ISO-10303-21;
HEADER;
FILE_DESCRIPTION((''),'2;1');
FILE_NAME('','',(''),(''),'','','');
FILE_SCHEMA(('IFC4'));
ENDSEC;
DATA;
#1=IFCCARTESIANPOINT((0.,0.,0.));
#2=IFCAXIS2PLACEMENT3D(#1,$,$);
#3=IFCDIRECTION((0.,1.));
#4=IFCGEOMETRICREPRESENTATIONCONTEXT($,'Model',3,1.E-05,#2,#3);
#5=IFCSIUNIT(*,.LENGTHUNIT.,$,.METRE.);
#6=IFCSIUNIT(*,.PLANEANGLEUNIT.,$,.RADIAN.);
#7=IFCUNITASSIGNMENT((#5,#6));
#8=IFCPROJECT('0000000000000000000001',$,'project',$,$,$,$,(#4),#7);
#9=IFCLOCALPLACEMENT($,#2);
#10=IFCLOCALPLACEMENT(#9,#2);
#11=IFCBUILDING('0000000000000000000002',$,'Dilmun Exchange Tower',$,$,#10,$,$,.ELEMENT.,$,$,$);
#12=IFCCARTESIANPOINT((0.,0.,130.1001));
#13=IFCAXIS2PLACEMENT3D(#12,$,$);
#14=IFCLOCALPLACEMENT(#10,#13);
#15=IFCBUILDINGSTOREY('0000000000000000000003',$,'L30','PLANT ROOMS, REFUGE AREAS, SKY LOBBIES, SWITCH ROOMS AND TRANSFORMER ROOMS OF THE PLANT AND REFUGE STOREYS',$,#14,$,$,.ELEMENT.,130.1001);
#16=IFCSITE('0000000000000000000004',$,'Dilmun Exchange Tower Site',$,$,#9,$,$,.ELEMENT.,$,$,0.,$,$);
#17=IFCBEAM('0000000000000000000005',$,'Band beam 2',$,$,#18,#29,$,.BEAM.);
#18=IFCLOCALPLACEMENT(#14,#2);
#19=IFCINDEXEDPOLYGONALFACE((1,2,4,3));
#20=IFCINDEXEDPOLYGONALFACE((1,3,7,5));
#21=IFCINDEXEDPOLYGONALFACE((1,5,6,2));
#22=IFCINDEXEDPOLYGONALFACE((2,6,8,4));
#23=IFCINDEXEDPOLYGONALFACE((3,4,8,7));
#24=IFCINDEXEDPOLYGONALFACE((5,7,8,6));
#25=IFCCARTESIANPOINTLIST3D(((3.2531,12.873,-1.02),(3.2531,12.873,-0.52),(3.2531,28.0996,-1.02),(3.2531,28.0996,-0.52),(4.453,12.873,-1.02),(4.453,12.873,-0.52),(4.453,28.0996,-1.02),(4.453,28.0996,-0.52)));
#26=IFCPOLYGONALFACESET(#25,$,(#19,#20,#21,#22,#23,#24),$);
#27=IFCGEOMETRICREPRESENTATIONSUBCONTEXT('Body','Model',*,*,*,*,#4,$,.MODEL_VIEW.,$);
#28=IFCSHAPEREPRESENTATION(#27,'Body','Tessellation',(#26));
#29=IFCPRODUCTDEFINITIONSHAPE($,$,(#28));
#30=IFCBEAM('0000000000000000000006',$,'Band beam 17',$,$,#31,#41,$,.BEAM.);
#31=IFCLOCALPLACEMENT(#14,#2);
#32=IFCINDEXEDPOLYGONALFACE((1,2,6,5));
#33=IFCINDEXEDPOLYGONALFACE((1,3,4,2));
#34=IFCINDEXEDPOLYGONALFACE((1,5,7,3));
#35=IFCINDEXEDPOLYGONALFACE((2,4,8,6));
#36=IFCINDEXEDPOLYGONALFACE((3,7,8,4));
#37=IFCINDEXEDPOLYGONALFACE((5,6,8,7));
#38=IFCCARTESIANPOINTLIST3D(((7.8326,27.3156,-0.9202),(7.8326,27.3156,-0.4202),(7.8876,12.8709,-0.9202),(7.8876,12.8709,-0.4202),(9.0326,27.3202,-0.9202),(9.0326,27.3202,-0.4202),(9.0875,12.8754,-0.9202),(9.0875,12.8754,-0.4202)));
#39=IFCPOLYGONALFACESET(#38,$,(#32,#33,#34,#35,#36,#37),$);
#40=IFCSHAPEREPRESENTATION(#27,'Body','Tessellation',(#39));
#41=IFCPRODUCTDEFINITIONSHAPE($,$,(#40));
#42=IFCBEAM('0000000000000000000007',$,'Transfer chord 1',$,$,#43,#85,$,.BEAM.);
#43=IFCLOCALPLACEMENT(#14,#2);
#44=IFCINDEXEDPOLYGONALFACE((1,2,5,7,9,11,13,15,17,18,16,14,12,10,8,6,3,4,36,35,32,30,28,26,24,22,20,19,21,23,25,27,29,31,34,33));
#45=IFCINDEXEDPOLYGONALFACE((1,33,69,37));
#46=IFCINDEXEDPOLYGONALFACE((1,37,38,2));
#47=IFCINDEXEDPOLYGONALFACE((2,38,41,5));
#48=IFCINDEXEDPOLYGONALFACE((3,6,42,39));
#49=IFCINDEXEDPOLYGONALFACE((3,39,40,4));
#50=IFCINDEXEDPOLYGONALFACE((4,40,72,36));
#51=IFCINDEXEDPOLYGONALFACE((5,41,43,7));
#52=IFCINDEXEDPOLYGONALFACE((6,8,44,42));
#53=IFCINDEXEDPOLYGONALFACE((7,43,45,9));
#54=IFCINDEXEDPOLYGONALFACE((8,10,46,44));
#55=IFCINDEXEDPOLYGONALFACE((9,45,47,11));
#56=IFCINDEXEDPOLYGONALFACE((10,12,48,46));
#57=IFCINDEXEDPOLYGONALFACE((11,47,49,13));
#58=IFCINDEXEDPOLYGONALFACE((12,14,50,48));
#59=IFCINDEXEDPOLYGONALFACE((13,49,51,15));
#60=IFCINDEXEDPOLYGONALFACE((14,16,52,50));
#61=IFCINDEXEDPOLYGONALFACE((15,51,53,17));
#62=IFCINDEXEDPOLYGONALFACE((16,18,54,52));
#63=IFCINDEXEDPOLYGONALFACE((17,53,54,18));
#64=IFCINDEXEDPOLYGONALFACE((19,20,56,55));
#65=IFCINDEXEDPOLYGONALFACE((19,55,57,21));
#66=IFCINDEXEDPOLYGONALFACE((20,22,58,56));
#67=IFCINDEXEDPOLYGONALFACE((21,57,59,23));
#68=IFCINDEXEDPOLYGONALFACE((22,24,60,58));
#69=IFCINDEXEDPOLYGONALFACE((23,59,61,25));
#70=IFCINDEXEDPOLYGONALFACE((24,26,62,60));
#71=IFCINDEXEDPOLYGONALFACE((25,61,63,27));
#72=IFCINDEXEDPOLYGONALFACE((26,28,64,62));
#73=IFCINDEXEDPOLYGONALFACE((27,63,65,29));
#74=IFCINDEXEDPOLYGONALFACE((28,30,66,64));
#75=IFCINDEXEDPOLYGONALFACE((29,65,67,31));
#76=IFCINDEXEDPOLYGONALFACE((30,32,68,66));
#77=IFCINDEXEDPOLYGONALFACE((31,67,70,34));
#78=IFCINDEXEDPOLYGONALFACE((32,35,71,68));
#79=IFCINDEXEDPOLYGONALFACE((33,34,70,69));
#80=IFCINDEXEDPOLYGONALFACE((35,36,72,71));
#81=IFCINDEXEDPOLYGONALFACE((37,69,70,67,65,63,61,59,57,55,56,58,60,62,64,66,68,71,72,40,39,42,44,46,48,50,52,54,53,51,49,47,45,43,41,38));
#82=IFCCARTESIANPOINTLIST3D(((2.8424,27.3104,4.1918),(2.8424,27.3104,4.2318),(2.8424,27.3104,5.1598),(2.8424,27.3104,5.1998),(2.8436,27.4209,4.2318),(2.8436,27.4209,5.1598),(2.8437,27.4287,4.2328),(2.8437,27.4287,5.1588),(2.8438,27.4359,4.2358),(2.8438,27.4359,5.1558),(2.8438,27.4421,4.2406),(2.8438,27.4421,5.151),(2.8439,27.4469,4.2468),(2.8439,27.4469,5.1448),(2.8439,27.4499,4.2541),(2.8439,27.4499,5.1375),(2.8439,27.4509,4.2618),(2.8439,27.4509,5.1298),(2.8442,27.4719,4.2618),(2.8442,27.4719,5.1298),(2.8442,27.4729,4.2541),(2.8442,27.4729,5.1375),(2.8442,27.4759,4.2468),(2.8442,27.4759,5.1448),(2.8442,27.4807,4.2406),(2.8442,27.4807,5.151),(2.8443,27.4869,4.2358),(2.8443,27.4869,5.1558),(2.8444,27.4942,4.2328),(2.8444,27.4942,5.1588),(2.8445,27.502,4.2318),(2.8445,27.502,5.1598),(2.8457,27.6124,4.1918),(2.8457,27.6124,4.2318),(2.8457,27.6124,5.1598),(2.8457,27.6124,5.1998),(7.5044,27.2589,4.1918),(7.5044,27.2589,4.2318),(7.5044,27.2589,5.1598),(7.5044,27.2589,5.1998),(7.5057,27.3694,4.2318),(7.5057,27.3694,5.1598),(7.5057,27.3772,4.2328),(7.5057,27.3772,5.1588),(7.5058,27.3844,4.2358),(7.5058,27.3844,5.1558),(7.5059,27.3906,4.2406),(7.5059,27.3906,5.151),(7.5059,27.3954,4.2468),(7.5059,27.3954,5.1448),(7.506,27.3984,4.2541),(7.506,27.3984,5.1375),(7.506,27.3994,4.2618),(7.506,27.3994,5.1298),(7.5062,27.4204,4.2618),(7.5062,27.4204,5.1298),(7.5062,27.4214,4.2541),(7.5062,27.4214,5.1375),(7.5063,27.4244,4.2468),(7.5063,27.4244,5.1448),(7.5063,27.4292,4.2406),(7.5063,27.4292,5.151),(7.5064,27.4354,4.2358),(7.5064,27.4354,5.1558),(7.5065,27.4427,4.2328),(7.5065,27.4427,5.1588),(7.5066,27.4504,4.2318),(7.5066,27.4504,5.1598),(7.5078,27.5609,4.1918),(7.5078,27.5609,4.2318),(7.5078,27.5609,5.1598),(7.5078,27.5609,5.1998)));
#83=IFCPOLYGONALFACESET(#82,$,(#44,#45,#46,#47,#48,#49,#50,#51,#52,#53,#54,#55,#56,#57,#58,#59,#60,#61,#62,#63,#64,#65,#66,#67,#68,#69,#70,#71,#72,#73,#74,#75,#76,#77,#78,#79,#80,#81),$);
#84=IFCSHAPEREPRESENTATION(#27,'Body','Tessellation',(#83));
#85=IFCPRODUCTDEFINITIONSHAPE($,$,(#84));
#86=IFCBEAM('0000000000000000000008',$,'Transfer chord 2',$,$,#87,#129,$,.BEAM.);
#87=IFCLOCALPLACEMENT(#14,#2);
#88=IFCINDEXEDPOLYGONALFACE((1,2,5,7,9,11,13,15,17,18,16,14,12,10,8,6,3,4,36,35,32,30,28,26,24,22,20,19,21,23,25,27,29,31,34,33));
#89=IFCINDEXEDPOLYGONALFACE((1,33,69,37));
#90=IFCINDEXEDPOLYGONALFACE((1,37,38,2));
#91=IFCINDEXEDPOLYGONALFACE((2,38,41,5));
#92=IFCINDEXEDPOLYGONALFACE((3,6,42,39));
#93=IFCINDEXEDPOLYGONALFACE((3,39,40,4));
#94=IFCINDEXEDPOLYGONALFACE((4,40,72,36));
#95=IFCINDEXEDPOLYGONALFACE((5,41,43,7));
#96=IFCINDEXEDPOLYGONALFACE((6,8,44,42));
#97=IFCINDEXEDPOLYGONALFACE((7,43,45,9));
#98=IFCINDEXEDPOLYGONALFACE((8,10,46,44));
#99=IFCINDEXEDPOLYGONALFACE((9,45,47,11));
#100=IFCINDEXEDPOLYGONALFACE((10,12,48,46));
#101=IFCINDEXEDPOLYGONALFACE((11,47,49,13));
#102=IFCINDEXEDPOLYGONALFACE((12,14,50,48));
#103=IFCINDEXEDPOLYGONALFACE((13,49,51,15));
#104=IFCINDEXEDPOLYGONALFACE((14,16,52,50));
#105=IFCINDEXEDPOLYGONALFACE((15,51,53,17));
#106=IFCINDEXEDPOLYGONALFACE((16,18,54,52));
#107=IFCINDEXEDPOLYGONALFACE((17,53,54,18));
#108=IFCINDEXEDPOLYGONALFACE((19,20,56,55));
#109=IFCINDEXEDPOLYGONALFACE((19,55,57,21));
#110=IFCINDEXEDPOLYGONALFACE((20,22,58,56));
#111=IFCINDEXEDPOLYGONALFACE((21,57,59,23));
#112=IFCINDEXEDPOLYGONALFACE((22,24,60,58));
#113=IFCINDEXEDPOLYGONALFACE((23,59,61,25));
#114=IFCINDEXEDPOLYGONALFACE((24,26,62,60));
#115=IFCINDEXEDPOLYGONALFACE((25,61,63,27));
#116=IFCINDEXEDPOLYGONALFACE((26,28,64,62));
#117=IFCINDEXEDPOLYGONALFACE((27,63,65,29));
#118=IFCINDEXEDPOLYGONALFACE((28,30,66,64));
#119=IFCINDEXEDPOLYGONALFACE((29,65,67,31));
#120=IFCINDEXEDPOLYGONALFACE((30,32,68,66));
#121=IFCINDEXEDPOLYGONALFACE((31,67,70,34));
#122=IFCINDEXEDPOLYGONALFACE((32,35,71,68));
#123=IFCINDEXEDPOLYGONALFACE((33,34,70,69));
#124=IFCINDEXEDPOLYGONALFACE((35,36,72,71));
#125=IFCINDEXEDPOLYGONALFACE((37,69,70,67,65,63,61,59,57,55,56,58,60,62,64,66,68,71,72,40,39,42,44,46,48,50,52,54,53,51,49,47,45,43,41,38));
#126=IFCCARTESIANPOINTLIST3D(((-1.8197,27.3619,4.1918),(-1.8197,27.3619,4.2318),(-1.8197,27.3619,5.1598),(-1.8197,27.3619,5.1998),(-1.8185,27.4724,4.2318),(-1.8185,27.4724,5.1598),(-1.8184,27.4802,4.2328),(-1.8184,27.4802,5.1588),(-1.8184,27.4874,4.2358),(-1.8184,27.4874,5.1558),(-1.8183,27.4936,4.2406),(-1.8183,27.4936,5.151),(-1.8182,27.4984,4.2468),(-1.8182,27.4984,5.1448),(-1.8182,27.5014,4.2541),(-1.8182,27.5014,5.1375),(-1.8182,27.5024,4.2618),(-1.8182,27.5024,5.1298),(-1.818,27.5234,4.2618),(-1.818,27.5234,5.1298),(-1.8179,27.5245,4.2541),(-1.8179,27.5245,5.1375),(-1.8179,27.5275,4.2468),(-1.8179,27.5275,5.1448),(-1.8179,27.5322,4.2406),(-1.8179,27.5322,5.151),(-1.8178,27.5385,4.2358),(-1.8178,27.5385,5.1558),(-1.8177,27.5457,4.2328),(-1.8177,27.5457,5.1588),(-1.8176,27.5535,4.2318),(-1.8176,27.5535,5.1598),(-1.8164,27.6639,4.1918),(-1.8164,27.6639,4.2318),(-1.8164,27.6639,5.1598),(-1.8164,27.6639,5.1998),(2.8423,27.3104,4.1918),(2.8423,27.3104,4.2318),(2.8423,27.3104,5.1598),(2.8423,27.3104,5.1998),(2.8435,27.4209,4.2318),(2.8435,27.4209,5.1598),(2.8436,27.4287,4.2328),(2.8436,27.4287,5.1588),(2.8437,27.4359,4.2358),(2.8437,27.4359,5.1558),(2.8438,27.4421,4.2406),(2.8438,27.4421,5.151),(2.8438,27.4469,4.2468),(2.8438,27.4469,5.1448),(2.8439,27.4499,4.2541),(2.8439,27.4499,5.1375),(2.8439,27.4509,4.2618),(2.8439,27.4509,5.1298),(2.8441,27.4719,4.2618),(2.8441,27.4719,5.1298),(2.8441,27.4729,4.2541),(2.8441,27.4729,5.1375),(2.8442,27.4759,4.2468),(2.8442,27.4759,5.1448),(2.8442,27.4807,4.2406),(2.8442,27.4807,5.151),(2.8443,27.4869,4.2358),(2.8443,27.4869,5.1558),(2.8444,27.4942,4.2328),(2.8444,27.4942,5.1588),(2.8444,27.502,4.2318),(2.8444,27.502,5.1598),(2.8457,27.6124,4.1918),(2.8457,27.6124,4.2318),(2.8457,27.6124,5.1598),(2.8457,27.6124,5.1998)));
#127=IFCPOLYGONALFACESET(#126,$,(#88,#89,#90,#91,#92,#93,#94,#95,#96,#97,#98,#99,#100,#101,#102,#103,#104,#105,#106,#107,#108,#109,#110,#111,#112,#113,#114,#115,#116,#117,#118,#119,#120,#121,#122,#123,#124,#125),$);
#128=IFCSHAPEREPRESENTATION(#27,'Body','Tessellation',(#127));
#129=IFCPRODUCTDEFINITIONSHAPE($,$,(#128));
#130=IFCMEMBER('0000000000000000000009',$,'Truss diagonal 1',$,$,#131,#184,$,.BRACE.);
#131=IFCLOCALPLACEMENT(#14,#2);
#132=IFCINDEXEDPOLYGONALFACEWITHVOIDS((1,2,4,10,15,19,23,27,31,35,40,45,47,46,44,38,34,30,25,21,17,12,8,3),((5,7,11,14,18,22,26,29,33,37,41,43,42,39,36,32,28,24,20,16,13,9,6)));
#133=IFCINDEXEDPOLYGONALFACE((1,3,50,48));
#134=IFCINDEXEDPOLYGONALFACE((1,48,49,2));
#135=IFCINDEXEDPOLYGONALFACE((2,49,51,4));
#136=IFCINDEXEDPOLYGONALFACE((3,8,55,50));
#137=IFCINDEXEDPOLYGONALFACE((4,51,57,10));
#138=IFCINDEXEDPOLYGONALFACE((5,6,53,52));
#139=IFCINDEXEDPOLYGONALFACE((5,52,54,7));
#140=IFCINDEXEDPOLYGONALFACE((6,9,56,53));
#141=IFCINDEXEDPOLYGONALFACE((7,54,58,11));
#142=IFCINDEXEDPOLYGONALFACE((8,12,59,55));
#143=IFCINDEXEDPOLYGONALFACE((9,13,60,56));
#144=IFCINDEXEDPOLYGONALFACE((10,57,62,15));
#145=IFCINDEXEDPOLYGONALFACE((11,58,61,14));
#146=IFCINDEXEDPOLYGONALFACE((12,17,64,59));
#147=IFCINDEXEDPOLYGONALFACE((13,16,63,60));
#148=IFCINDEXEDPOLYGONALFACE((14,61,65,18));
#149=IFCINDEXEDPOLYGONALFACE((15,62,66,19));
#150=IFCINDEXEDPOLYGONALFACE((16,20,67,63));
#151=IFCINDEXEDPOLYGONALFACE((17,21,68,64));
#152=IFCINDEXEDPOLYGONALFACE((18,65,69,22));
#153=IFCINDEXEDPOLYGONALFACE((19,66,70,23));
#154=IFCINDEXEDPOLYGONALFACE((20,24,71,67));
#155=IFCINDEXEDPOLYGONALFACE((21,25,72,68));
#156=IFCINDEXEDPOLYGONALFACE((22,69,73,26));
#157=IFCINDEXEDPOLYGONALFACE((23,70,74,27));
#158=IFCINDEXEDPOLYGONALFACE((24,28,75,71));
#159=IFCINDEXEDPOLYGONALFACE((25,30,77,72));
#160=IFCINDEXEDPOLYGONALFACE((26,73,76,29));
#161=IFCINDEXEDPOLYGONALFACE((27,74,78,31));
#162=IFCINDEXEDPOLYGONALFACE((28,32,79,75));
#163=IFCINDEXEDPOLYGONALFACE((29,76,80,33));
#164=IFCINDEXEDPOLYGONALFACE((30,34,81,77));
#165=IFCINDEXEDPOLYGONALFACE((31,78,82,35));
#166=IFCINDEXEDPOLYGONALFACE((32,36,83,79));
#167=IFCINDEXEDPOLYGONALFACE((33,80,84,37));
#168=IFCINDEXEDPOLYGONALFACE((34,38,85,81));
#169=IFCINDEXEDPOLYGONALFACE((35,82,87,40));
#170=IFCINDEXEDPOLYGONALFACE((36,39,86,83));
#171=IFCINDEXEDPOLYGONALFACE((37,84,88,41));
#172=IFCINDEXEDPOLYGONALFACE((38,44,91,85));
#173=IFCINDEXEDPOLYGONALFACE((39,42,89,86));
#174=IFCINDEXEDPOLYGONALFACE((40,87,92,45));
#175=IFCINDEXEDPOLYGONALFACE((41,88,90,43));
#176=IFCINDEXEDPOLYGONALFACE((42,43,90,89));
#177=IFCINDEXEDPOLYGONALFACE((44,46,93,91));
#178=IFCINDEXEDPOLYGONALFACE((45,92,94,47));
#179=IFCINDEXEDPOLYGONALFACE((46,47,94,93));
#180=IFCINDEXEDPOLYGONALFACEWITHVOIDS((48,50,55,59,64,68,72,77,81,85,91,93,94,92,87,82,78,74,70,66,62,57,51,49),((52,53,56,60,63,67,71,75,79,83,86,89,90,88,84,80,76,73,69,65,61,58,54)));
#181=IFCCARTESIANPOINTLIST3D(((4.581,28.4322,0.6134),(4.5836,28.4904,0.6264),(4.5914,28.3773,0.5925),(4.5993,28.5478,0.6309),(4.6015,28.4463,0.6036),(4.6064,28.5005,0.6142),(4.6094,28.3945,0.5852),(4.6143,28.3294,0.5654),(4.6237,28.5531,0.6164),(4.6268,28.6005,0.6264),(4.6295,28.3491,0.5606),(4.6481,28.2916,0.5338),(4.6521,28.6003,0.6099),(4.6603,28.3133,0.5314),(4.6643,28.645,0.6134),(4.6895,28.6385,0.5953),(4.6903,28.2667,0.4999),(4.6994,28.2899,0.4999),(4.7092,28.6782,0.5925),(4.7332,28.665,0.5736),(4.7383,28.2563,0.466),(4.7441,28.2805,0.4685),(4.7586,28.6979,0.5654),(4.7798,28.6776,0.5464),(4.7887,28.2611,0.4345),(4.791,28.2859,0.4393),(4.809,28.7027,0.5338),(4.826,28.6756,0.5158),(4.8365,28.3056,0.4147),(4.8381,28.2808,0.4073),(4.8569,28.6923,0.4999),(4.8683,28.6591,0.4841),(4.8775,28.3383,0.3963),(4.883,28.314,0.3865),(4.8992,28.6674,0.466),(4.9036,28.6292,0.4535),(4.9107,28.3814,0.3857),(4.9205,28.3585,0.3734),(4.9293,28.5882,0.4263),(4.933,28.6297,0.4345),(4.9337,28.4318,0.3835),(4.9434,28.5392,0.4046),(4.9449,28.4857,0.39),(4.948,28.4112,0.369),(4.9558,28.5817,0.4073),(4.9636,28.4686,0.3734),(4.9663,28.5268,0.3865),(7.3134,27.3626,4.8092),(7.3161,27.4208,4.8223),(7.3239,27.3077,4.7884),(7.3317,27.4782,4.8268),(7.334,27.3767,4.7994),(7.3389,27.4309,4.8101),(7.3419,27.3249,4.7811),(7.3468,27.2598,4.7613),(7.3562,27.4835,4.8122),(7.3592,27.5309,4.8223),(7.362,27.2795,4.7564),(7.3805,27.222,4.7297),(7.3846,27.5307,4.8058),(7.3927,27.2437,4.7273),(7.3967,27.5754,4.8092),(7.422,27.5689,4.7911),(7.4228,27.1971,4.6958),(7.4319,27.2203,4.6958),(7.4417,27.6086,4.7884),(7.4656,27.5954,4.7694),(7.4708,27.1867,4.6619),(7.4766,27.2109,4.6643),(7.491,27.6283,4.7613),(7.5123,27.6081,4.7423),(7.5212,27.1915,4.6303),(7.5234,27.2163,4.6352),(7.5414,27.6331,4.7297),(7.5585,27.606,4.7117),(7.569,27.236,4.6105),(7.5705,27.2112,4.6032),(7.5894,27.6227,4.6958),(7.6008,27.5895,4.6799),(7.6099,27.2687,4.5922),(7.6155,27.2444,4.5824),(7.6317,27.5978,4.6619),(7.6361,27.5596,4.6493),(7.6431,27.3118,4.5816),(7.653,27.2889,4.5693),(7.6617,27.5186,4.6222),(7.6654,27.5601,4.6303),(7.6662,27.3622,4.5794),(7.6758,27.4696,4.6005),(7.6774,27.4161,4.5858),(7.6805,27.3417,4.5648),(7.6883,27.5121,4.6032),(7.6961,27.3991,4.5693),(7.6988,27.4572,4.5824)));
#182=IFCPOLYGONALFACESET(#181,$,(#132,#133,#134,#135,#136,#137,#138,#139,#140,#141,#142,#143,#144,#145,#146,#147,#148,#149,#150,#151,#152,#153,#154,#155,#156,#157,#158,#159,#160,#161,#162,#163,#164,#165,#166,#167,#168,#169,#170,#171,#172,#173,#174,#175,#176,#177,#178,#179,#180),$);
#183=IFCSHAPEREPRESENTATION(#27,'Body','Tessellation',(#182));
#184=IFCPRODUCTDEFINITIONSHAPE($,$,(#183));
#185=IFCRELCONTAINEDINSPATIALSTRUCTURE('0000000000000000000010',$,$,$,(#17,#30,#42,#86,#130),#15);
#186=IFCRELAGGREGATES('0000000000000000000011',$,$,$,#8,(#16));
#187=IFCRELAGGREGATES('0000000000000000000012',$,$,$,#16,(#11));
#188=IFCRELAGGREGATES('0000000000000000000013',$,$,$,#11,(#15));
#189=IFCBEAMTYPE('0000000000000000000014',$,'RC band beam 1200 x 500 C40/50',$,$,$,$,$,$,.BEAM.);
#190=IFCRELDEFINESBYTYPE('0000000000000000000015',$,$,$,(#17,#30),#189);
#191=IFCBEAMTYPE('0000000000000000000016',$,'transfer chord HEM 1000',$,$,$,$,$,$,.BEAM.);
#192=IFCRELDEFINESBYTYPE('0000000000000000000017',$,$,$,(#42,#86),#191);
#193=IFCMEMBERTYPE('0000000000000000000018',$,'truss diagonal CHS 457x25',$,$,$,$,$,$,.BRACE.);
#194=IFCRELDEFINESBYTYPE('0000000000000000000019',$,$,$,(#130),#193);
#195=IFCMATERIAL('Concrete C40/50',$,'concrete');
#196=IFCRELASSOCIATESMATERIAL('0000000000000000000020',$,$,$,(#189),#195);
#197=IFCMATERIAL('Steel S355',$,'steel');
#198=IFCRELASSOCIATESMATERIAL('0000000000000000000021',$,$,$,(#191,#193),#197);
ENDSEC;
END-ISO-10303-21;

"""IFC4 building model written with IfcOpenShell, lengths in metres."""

from ifc_helpers import new_model, si_unit, direction, frame, origin, origin_2d, place, context, subcontext, project, spatial, rectangle, hollow_circle, i_section, extrude, material, material_profile, profile_set, type_object, element, save


model = new_model("IFC4")

# Units and contexts
model_context = context("Model", 3, precision=1e-05, world=origin(), true_north=direction((0.0, 1.0)))
body_context = subcontext(model_context, "Body", "Model", "MODEL_VIEW")
ifc_project = project(units=[si_unit("LENGTHUNIT", "METRE"), si_unit("PLANEANGLEUNIT", "RADIAN")], contexts=[model_context])

# Site, building, storey
site_placement = place(None, origin())
site = spatial("IfcSite", under=ifc_project, at=site_placement, Name="Dilmun Exchange Tower Site", CompositionType="ELEMENT", RefElevation=0.0)
building_placement = place(site_placement, origin())
building = spatial("IfcBuilding", under=site, at=building_placement, Name="Dilmun Exchange Tower", CompositionType="ELEMENT")
storey_placement = place(building_placement, frame((0.0, 0.0, 130.1001)))
storey = spatial("IfcBuildingStorey", under=building, at=storey_placement, Name="L30", Description="PLANT ROOMS, REFUGE AREAS, SKY LOBBIES, SWITCH ROOMS AND TRANSFORMER ROOMS OF THE PLANT AND REFUGE STOREYS", CompositionType="ELEMENT", Elevation=130.1001)

# Beams
ifc_material_1 = material(Name="Concrete C40/50", Category="concrete")
ifc_material_profile_1 = material_profile(ifc_material_1, rectangle(XDim=1.2, YDim=0.5, at=origin_2d()), Name="1200 x 500")
ifc_profile_set_1 = profile_set([ifc_material_profile_1], Name="Concrete C40/50")
beam_type_1 = type_object("IfcBeamType", Name="RC band beam 1200 x 500 C40/50", PredefinedType="BEAM", material=ifc_profile_set_1)
beam_1_placement = place(storey_placement, frame((3.853, 28.0996, -0.77), z_axis=(0.0, -1.0, 0.0), x_axis=(1.0, 0.0, 0.0)))
element("IfcBeam", 1, at=beam_1_placement, inside=storey, type_object=beam_type_1, Name="Band beam 2", PredefinedType="BEAM", context=body_context, shape_type="SweptSolid", body=[
    extrude(rectangle(XDim=1.2, YDim=0.5, at=origin_2d()), origin(), (0.0, 0.0, 1.0), 15.2266),
])
beam_2_placement = place(storey_placement, frame((8.4326, 27.3179, -0.6702), z_axis=(0.003803, -0.999993, 0.0), x_axis=(0.999993, 0.003803, 0.0)))
element("IfcBeam", 2, at=beam_2_placement, inside=storey, type_object=beam_type_1, Name="Band beam 17", PredefinedType="BEAM", context=body_context, shape_type="SweptSolid", body=[
    extrude(rectangle(XDim=1.2, YDim=0.5, at=origin_2d()), origin(), (0.0, 0.0, 1.0), 14.4448),
])
ifc_material_2 = material(Name="Steel S355", Category="steel")
ifc_material_profile_2 = material_profile(ifc_material_2, i_section(OverallWidth=0.302, OverallDepth=1.0081, WebThickness=0.021, FlangeThickness=0.04, FilletRadius=0.03, at=origin_2d()), Name="HEM 1000")
ifc_profile_set_2 = profile_set([ifc_material_profile_2], Name="Steel S355")
beam_type_2 = type_object("IfcBeamType", Name="transfer chord HEM 1000", PredefinedType="BEAM", material=ifc_profile_set_2)
for number, where, z_axis, x_axis, name in (
    (3, (7.5061, 27.4099, 4.6958), (-0.999939, 0.011049, 0.0), (-0.011049, -0.999939, 0.0), "Transfer chord 1"),
    (4, (2.844, 27.4614, 4.6958), (-0.999939, 0.011049, 0.0), (-0.011049, -0.999939, 0.0), "Transfer chord 2"),
):
    element("IfcBeam", number, at=place(storey_placement, frame(where, z_axis=z_axis, x_axis=x_axis)), inside=storey, type_object=beam_type_2, Name=name, PredefinedType="BEAM", context=body_context, shape_type="SweptSolid", body=[
        extrude(i_section(OverallWidth=0.302, OverallDepth=1.0081, WebThickness=0.021, FlangeThickness=0.04, FilletRadius=0.03, at=origin_2d()), origin(), (0.0, 0.0, 1.0), 4.6624),
    ])

# Member
ifc_material_profile_3 = material_profile(ifc_material_2, hollow_circle(Radius=0.2285, WallThickness=0.0249, at=origin_2d()), Name="CHS 457x25")
ifc_profile_set_3 = profile_set([ifc_material_profile_3], Name="Steel S355")
member_type = type_object("IfcMemberType", Name="truss diagonal CHS 457x25", PredefinedType="BRACE", material=ifc_profile_set_3)
member_1_placement = place(storey_placement, frame((7.5061, 27.4099, 4.6958), z_axis=(-0.533671, 0.2089, -0.819485), x_axis=(-0.364509, -0.9312, 0.0)))
element("IfcMember", 5, at=member_1_placement, inside=storey, type_object=member_type, Name="Truss diagonal 1", PredefinedType="BRACE", context=body_context, shape_type="SweptSolid", body=[
    extrude(hollow_circle(Radius=0.2285, WallThickness=0.0249, at=origin_2d()), origin(), (0.0, 0.0, 1.0), 5.1201),
])

save(model, "model.ifc")
